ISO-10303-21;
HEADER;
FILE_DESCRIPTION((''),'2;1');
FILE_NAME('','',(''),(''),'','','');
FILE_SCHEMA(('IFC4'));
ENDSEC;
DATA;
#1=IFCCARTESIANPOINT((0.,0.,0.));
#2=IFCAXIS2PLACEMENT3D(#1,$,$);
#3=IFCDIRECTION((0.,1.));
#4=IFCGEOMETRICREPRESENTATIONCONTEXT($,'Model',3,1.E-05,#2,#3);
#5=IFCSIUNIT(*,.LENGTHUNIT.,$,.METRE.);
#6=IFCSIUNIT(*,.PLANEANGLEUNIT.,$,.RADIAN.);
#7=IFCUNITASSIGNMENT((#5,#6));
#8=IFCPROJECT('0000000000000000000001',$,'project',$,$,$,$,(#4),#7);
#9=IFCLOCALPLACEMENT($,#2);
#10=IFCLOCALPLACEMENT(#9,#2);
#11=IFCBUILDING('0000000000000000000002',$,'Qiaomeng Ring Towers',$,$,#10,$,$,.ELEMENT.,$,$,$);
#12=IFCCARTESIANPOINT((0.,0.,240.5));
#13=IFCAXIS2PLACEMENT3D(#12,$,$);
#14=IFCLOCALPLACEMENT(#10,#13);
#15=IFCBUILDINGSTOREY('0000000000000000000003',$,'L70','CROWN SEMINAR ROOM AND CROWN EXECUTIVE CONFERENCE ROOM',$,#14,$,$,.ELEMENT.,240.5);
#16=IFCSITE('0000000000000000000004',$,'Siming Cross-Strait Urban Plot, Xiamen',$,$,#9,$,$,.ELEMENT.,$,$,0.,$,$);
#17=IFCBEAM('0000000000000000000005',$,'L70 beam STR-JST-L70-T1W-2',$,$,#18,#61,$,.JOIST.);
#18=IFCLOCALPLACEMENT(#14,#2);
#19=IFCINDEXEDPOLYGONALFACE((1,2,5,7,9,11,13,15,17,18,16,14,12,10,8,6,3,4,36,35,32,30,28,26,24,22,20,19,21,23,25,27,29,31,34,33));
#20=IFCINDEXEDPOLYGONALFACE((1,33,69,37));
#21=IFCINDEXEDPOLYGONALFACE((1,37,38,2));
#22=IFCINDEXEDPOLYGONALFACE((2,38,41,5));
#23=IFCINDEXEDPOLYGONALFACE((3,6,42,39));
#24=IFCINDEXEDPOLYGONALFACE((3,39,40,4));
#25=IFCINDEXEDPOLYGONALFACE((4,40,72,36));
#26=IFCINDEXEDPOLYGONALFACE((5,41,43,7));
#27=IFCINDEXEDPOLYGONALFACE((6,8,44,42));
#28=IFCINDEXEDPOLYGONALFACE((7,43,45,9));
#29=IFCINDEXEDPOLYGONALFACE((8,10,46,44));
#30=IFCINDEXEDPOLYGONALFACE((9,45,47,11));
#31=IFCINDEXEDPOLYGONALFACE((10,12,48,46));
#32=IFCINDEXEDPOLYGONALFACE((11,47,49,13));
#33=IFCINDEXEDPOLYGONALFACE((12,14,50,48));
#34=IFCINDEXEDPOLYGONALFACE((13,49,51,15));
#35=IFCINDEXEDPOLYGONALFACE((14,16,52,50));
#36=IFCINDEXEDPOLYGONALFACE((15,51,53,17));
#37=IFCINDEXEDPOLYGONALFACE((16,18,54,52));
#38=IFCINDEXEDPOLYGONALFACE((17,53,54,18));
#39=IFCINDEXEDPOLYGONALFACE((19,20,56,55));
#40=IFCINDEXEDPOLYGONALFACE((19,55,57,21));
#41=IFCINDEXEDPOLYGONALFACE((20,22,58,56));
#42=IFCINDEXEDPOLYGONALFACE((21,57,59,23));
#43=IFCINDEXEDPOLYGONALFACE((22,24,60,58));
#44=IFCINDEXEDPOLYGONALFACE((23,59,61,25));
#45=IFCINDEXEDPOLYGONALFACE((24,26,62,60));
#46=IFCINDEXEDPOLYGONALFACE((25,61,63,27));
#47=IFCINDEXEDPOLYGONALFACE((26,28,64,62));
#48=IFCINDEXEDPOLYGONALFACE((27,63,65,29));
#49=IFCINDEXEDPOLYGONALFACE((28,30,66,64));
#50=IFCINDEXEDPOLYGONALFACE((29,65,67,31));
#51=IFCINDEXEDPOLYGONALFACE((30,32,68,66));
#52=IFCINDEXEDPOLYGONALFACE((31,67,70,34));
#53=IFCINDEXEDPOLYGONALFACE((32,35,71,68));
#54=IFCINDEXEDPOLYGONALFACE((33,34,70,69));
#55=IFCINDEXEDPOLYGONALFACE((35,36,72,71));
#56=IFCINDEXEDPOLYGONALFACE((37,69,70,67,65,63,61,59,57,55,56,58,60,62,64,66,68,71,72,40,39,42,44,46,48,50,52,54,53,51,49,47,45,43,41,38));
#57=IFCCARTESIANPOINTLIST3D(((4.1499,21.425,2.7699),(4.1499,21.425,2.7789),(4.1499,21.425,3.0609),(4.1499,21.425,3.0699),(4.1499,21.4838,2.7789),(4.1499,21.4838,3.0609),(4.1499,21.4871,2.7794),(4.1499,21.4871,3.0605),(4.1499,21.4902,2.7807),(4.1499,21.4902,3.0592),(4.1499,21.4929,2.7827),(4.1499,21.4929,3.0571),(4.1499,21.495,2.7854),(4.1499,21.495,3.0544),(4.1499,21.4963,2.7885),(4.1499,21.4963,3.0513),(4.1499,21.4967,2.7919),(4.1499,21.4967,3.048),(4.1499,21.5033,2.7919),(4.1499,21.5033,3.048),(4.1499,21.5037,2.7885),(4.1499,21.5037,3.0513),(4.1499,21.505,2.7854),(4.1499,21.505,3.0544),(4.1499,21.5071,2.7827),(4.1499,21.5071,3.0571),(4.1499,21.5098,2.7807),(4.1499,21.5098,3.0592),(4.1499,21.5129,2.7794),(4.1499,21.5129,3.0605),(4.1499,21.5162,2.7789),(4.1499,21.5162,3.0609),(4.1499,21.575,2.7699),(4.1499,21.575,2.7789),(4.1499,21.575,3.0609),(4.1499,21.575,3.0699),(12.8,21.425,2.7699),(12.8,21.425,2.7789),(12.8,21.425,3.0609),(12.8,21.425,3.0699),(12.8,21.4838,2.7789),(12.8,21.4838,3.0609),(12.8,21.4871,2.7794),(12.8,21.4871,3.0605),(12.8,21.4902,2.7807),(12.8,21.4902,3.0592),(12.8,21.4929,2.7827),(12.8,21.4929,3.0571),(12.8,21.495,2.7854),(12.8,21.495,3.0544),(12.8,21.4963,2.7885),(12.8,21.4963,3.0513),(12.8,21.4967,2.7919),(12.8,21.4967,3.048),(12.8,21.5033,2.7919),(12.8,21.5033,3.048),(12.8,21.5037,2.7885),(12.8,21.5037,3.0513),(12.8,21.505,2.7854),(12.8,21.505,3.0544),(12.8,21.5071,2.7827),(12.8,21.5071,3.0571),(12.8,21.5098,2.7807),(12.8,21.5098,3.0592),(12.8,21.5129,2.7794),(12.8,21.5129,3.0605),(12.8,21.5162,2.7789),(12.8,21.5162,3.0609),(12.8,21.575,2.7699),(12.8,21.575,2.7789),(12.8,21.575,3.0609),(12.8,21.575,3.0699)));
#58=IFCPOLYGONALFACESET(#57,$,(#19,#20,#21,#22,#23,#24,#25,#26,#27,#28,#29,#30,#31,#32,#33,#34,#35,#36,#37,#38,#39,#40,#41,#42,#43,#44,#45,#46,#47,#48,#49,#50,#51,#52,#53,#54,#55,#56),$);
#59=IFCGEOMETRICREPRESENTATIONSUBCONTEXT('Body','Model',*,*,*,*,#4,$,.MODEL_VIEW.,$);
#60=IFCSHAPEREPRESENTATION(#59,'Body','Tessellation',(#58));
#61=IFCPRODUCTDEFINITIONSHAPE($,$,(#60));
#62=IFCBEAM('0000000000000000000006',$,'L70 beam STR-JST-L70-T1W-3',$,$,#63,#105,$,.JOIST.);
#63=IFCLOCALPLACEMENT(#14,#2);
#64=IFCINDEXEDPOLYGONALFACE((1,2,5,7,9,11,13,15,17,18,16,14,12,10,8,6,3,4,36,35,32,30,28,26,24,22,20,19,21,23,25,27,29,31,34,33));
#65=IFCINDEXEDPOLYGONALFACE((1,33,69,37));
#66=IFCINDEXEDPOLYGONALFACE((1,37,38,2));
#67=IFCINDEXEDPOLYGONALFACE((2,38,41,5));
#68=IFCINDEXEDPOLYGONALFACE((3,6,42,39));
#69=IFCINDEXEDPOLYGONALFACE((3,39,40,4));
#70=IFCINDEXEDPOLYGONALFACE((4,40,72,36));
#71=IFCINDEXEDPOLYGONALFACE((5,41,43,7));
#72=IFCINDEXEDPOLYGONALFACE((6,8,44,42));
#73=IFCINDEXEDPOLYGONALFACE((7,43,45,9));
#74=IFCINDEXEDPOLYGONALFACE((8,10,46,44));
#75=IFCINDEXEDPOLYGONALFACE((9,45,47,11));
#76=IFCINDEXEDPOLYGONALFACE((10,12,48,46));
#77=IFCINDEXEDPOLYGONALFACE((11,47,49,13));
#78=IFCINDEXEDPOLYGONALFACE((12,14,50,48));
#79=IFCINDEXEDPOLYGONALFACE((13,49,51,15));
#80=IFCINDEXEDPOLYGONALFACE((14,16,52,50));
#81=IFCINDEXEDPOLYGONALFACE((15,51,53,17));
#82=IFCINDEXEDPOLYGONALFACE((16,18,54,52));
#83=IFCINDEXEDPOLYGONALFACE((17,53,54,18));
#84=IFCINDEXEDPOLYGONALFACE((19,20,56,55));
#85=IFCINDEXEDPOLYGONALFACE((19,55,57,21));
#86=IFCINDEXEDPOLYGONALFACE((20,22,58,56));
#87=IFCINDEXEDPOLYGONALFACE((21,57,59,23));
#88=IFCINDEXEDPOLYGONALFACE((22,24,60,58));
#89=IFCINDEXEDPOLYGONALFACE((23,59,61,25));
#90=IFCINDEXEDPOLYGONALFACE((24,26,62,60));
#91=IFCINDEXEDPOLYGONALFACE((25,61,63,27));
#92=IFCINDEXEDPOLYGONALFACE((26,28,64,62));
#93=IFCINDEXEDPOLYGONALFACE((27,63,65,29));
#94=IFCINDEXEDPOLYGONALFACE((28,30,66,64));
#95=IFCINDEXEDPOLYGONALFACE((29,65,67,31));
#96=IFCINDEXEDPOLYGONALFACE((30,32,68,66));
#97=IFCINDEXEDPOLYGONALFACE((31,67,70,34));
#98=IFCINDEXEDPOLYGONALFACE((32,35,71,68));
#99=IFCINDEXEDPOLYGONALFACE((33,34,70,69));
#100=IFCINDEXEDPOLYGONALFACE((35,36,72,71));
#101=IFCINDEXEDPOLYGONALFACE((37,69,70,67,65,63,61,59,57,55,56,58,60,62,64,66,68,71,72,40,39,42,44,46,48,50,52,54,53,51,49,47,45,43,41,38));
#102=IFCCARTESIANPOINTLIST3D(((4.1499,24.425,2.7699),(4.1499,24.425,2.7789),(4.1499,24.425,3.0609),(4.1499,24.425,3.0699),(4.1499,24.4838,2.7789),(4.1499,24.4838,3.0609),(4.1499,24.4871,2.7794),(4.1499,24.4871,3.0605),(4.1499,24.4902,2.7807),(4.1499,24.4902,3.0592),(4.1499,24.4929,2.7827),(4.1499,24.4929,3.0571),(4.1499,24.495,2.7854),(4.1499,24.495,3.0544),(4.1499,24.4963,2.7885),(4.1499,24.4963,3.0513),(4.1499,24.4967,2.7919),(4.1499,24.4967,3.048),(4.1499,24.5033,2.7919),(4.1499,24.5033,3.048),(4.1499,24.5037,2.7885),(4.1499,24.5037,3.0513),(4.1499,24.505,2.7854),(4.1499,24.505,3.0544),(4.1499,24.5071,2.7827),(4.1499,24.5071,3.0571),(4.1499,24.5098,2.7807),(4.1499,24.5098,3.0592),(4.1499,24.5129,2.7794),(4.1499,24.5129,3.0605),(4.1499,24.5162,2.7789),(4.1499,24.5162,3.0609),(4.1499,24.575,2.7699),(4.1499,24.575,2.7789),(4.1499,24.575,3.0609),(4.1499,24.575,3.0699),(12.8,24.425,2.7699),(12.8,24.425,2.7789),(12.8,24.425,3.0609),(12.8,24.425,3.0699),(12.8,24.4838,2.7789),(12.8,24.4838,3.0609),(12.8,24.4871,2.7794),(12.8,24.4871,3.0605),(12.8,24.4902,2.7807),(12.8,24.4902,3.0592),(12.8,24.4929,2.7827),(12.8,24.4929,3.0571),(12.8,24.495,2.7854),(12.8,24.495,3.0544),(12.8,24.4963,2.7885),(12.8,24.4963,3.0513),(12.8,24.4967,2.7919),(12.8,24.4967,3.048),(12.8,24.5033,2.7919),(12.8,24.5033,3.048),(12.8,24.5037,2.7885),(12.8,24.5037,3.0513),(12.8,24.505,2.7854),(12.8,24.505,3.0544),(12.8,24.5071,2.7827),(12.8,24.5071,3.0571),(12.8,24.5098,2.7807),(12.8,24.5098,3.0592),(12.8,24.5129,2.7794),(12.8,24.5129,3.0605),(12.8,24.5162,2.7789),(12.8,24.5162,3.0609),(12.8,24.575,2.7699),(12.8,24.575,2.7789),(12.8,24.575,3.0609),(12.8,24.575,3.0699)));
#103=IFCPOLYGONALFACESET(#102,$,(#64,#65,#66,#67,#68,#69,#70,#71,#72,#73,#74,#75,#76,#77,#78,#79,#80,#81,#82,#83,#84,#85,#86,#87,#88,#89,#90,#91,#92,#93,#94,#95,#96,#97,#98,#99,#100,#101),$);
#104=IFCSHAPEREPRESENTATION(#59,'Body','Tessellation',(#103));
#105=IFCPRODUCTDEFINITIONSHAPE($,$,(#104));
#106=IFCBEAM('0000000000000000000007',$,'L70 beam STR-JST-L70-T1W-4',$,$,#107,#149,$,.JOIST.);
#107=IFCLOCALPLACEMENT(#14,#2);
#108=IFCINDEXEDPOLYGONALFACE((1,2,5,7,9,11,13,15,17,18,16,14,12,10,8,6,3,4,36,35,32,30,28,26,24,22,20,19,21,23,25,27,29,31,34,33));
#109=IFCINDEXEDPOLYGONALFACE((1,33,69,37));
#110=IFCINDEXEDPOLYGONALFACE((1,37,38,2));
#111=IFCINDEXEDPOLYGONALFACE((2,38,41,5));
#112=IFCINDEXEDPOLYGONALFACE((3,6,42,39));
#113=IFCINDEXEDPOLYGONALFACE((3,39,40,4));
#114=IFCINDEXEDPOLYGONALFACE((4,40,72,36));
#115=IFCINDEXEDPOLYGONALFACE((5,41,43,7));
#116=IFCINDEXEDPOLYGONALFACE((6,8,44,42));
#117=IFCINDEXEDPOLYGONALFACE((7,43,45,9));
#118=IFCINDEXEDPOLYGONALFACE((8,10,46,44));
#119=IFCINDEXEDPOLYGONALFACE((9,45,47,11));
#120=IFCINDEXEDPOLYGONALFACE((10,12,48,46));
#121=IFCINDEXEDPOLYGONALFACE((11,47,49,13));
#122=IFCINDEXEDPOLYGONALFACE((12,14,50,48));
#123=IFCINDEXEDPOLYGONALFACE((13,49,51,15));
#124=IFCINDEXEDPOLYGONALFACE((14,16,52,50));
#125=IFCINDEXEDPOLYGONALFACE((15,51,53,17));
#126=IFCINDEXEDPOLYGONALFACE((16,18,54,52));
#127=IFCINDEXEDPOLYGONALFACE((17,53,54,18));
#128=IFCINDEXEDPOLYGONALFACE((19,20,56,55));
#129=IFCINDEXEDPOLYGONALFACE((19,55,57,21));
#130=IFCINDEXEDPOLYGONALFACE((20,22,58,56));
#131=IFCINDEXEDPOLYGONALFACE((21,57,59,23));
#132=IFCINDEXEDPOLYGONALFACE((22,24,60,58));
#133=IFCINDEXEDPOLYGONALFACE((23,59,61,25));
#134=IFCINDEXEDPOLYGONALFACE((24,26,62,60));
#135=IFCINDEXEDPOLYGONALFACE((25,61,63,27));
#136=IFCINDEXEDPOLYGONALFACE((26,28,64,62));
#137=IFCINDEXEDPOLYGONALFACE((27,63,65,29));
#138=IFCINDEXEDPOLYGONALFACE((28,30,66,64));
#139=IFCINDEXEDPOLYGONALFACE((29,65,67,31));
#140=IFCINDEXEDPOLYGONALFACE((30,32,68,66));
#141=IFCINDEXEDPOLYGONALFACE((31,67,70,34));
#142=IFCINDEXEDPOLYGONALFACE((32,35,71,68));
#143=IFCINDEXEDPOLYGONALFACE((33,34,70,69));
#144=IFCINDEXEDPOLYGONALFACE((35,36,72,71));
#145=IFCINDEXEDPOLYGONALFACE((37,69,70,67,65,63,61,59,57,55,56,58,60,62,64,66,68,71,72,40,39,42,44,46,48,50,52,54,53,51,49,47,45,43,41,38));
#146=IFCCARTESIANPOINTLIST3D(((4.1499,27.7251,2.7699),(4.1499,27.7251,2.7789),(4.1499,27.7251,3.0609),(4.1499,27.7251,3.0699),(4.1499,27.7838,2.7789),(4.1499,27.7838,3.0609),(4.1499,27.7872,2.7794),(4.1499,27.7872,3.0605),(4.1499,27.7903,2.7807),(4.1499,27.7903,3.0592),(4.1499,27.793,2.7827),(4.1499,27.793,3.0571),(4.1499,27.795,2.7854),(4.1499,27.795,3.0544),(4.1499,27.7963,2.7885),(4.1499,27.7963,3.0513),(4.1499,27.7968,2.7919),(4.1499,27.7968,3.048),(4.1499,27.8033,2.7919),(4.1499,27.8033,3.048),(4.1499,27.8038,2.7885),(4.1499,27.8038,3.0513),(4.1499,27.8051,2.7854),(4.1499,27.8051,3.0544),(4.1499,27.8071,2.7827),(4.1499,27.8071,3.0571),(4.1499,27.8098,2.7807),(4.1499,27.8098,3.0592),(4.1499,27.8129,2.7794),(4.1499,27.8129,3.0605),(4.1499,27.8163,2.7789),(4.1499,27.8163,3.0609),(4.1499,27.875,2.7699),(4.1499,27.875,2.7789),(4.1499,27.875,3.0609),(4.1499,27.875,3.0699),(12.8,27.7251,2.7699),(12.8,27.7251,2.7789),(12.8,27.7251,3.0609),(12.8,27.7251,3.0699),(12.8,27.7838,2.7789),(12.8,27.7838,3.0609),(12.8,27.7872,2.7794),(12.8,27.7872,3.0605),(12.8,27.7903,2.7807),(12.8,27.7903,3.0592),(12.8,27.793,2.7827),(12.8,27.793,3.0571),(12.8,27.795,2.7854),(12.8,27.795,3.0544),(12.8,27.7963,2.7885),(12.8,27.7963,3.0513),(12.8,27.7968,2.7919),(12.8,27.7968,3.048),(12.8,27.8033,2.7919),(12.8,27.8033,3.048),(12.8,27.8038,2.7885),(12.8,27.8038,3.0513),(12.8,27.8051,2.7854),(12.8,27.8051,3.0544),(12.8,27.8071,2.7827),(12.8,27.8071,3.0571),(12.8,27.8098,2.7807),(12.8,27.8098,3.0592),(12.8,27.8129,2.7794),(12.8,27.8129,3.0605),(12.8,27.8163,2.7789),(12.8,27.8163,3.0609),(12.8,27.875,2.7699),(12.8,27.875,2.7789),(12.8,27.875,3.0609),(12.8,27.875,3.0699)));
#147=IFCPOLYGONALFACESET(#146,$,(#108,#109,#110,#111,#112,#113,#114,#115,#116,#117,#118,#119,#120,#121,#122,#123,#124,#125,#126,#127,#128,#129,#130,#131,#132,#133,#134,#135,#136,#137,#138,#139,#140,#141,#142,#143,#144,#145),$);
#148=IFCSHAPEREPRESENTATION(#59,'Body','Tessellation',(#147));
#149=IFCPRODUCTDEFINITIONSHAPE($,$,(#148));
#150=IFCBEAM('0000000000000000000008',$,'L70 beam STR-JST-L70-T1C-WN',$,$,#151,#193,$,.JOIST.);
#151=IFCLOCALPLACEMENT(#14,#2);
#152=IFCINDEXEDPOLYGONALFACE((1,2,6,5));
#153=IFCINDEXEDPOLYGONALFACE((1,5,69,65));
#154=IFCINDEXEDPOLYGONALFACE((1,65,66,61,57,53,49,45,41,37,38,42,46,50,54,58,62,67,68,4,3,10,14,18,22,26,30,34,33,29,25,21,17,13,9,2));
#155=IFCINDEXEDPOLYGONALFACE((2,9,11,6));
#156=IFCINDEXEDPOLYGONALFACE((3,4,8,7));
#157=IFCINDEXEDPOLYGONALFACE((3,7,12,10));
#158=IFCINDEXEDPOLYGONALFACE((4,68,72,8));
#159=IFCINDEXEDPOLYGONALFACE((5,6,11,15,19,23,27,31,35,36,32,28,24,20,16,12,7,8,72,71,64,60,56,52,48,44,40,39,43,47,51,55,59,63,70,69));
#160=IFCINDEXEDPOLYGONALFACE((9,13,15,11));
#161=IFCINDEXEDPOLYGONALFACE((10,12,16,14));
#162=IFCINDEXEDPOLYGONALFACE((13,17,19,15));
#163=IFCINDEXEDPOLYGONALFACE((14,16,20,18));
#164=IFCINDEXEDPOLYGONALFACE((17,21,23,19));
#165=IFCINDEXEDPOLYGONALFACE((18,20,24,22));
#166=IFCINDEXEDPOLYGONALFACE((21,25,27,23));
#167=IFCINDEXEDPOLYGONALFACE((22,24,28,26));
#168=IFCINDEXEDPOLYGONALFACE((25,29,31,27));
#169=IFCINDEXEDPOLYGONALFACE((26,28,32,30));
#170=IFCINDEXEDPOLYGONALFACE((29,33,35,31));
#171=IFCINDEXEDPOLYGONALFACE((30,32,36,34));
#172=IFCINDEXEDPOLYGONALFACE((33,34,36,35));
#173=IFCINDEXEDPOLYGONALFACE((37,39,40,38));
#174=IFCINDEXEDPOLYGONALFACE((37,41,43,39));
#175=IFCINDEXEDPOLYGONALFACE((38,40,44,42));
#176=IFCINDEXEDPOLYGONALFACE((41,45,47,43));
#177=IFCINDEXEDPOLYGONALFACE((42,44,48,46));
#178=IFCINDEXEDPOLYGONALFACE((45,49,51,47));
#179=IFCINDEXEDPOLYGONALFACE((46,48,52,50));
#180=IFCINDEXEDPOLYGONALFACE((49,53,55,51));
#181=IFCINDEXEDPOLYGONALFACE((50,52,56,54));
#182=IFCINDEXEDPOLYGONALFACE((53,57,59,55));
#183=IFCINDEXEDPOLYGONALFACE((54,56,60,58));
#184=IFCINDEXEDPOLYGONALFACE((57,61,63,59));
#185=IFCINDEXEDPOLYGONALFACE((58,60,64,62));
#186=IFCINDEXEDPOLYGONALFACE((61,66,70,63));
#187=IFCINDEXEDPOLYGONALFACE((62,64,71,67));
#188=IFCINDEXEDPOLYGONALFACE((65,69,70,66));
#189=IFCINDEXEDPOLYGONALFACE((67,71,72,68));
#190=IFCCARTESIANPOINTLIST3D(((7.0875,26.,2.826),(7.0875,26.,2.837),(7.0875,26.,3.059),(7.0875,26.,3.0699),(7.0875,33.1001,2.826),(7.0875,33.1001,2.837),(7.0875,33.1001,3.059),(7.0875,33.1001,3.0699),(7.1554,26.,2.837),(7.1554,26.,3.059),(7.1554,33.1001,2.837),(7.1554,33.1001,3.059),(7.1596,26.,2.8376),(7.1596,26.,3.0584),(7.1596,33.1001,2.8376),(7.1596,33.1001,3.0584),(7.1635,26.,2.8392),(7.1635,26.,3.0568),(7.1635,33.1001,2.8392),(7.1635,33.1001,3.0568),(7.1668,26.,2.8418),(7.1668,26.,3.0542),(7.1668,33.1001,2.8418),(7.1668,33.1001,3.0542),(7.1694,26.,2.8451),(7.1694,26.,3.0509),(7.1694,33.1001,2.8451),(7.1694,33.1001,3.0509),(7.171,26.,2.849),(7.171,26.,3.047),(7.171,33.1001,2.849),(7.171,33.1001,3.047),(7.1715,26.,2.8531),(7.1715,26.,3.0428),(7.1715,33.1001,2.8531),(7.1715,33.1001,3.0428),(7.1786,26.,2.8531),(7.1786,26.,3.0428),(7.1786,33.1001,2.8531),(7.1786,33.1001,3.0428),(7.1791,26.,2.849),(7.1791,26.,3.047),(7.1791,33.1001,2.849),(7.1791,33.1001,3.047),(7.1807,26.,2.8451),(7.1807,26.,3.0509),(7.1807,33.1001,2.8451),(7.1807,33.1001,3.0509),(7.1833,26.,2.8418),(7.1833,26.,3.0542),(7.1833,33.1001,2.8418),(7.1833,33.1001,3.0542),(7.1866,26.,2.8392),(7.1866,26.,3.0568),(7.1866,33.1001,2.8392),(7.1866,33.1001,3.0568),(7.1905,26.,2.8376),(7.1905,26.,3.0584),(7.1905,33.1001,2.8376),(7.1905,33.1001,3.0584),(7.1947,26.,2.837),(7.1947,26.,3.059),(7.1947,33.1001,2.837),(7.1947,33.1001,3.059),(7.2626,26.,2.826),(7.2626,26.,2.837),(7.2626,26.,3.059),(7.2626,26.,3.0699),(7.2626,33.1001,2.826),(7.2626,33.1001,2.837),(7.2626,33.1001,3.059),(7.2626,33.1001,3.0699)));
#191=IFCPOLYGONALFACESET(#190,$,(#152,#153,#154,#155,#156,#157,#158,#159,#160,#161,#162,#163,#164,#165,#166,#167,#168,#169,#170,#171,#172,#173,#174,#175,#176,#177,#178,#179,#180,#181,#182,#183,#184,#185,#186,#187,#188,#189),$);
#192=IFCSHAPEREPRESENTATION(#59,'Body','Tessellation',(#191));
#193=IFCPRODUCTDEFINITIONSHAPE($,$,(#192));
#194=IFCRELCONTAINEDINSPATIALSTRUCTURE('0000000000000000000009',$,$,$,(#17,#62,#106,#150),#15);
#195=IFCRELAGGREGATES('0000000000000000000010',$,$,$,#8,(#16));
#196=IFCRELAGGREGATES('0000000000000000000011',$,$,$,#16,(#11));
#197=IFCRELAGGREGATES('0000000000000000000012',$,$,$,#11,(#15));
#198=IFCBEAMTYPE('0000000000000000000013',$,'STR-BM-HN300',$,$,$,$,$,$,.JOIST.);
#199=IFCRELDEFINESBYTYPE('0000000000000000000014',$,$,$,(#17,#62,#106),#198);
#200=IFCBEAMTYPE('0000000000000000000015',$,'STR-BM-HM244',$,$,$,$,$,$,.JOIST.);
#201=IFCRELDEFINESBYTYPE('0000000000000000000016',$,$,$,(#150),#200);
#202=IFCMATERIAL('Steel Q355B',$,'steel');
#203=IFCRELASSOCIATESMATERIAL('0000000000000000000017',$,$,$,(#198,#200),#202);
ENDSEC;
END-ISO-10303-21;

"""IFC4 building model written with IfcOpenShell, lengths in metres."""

from ifc_helpers import new_model, si_unit, direction, frame, origin, origin_2d, place, context, subcontext, project, spatial, i_section, extrude, source, transform, mapped, material, material_profile, profile_set, type_object, element, save


model = new_model("IFC4")

# Units and contexts
model_context = context("Model", 3, precision=1e-05, world=origin(), true_north=direction((0.0, 1.0)))
body_context = subcontext(model_context, "Body", "Model", "MODEL_VIEW")
ifc_project = project(units=[si_unit("LENGTHUNIT", "METRE"), si_unit("PLANEANGLEUNIT", "RADIAN")], contexts=[model_context])

# Site, building, storey
site_placement = place(None, origin())
site = spatial("IfcSite", under=ifc_project, at=site_placement, Name="Siming Cross-Strait Urban Plot, Xiamen", CompositionType="ELEMENT", RefElevation=0.0)
building_placement = place(site_placement, origin())
building = spatial("IfcBuilding", under=site, at=building_placement, Name="Qiaomeng Ring Towers", CompositionType="ELEMENT")
storey_placement = place(building_placement, frame((0.0, 0.0, 240.5)))
storey = spatial("IfcBuildingStorey", under=building, at=storey_placement, Name="L70", Description="CROWN SEMINAR ROOM AND CROWN EXECUTIVE CONFERENCE ROOM", CompositionType="ELEMENT", Elevation=240.5)

# Beams
ifc_material_1 = material(Name="Steel Q355B", Category="steel")
ifc_material_profile_1 = material_profile(ifc_material_1, i_section(OverallWidth=0.1499, OverallDepth=0.3, WebThickness=0.0066, FlangeThickness=0.009, FilletRadius=0.0129, at=origin_2d()), Name="HN 300x150x6.5x9")
ifc_profile_set_1 = profile_set([ifc_material_profile_1], Name="Steel Q355B")
beam_type_1 = type_object("IfcBeamType", Name="STR-BM-HN300", PredefinedType="JOIST", material=ifc_profile_set_1)
shared_shape_1 = source(origin(), body_context, "Body", "SweptSolid", [
    extrude(i_section(OverallWidth=0.1499, OverallDepth=0.3, WebThickness=0.0066, FlangeThickness=0.009, FilletRadius=0.0129, at=origin_2d()), origin(), (0.0, 0.0, 1.0), 8.6501),
])
for number, where, z_axis, x_axis, name in (
    (1, (4.1499, 21.5, 2.9199), (1.0, 0.0, 0.0), (0.0, 1.0, 0.0), "L70 beam STR-JST-L70-T1W-2"),
    (2, (4.1499, 24.5, 2.9199), (1.0, 0.0, 0.0), (0.0, 1.0, 0.0), "L70 beam STR-JST-L70-T1W-3"),
    (3, (4.1499, 27.8, 2.9199), (1.0, 0.0, 0.0), (0.0, 1.0, 0.0), "L70 beam STR-JST-L70-T1W-4"),
):
    element("IfcBeam", number, at=place(storey_placement, frame(where, z_axis=z_axis, x_axis=x_axis)), inside=storey, type_object=beam_type_1, Name=name, PredefinedType="JOIST", context=body_context, shape_type="MappedRepresentation", body=[
        mapped(shared_shape_1, transform((0.0, 0.0, 0.0), x_axis=(1.0, 0.0, 0.0), y_axis=(0.0, 1.0, 0.0), z_axis=(0.0, 0.0, 1.0), scale=1.0)),
    ])
ifc_material_profile_2 = material_profile(ifc_material_1, i_section(OverallWidth=0.175, OverallDepth=0.2439, WebThickness=0.0071, FlangeThickness=0.011, FilletRadius=0.0161, at=origin_2d()), Name="HM 244x175x7x11")
ifc_profile_set_2 = profile_set([ifc_material_profile_2], Name="Steel Q355B")
beam_type_2 = type_object("IfcBeamType", Name="STR-BM-HM244", PredefinedType="JOIST", material=ifc_profile_set_2)
shared_shape_2 = source(origin(), body_context, "Body", "SweptSolid", [
    extrude(i_section(OverallWidth=0.175, OverallDepth=0.2439, WebThickness=0.0071, FlangeThickness=0.011, FilletRadius=0.0161, at=origin_2d()), origin(), (0.0, 0.0, 1.0), 7.1001),
])
beam_1_placement = place(storey_placement, frame((7.175, 26.0, 2.948), z_axis=(0.0, 1.0, 0.0), x_axis=(-1.0, 0.0, 0.0)))
element("IfcBeam", 4, at=beam_1_placement, inside=storey, type_object=beam_type_2, Name="L70 beam STR-JST-L70-T1C-WN", PredefinedType="JOIST", context=body_context, shape_type="MappedRepresentation", body=[
    mapped(shared_shape_2, transform((0.0, 0.0, 0.0), x_axis=(1.0, 0.0, 0.0), y_axis=(0.0, 1.0, 0.0), z_axis=(0.0, 0.0, 1.0), scale=1.0)),
])

save(model, "model.ifc")
